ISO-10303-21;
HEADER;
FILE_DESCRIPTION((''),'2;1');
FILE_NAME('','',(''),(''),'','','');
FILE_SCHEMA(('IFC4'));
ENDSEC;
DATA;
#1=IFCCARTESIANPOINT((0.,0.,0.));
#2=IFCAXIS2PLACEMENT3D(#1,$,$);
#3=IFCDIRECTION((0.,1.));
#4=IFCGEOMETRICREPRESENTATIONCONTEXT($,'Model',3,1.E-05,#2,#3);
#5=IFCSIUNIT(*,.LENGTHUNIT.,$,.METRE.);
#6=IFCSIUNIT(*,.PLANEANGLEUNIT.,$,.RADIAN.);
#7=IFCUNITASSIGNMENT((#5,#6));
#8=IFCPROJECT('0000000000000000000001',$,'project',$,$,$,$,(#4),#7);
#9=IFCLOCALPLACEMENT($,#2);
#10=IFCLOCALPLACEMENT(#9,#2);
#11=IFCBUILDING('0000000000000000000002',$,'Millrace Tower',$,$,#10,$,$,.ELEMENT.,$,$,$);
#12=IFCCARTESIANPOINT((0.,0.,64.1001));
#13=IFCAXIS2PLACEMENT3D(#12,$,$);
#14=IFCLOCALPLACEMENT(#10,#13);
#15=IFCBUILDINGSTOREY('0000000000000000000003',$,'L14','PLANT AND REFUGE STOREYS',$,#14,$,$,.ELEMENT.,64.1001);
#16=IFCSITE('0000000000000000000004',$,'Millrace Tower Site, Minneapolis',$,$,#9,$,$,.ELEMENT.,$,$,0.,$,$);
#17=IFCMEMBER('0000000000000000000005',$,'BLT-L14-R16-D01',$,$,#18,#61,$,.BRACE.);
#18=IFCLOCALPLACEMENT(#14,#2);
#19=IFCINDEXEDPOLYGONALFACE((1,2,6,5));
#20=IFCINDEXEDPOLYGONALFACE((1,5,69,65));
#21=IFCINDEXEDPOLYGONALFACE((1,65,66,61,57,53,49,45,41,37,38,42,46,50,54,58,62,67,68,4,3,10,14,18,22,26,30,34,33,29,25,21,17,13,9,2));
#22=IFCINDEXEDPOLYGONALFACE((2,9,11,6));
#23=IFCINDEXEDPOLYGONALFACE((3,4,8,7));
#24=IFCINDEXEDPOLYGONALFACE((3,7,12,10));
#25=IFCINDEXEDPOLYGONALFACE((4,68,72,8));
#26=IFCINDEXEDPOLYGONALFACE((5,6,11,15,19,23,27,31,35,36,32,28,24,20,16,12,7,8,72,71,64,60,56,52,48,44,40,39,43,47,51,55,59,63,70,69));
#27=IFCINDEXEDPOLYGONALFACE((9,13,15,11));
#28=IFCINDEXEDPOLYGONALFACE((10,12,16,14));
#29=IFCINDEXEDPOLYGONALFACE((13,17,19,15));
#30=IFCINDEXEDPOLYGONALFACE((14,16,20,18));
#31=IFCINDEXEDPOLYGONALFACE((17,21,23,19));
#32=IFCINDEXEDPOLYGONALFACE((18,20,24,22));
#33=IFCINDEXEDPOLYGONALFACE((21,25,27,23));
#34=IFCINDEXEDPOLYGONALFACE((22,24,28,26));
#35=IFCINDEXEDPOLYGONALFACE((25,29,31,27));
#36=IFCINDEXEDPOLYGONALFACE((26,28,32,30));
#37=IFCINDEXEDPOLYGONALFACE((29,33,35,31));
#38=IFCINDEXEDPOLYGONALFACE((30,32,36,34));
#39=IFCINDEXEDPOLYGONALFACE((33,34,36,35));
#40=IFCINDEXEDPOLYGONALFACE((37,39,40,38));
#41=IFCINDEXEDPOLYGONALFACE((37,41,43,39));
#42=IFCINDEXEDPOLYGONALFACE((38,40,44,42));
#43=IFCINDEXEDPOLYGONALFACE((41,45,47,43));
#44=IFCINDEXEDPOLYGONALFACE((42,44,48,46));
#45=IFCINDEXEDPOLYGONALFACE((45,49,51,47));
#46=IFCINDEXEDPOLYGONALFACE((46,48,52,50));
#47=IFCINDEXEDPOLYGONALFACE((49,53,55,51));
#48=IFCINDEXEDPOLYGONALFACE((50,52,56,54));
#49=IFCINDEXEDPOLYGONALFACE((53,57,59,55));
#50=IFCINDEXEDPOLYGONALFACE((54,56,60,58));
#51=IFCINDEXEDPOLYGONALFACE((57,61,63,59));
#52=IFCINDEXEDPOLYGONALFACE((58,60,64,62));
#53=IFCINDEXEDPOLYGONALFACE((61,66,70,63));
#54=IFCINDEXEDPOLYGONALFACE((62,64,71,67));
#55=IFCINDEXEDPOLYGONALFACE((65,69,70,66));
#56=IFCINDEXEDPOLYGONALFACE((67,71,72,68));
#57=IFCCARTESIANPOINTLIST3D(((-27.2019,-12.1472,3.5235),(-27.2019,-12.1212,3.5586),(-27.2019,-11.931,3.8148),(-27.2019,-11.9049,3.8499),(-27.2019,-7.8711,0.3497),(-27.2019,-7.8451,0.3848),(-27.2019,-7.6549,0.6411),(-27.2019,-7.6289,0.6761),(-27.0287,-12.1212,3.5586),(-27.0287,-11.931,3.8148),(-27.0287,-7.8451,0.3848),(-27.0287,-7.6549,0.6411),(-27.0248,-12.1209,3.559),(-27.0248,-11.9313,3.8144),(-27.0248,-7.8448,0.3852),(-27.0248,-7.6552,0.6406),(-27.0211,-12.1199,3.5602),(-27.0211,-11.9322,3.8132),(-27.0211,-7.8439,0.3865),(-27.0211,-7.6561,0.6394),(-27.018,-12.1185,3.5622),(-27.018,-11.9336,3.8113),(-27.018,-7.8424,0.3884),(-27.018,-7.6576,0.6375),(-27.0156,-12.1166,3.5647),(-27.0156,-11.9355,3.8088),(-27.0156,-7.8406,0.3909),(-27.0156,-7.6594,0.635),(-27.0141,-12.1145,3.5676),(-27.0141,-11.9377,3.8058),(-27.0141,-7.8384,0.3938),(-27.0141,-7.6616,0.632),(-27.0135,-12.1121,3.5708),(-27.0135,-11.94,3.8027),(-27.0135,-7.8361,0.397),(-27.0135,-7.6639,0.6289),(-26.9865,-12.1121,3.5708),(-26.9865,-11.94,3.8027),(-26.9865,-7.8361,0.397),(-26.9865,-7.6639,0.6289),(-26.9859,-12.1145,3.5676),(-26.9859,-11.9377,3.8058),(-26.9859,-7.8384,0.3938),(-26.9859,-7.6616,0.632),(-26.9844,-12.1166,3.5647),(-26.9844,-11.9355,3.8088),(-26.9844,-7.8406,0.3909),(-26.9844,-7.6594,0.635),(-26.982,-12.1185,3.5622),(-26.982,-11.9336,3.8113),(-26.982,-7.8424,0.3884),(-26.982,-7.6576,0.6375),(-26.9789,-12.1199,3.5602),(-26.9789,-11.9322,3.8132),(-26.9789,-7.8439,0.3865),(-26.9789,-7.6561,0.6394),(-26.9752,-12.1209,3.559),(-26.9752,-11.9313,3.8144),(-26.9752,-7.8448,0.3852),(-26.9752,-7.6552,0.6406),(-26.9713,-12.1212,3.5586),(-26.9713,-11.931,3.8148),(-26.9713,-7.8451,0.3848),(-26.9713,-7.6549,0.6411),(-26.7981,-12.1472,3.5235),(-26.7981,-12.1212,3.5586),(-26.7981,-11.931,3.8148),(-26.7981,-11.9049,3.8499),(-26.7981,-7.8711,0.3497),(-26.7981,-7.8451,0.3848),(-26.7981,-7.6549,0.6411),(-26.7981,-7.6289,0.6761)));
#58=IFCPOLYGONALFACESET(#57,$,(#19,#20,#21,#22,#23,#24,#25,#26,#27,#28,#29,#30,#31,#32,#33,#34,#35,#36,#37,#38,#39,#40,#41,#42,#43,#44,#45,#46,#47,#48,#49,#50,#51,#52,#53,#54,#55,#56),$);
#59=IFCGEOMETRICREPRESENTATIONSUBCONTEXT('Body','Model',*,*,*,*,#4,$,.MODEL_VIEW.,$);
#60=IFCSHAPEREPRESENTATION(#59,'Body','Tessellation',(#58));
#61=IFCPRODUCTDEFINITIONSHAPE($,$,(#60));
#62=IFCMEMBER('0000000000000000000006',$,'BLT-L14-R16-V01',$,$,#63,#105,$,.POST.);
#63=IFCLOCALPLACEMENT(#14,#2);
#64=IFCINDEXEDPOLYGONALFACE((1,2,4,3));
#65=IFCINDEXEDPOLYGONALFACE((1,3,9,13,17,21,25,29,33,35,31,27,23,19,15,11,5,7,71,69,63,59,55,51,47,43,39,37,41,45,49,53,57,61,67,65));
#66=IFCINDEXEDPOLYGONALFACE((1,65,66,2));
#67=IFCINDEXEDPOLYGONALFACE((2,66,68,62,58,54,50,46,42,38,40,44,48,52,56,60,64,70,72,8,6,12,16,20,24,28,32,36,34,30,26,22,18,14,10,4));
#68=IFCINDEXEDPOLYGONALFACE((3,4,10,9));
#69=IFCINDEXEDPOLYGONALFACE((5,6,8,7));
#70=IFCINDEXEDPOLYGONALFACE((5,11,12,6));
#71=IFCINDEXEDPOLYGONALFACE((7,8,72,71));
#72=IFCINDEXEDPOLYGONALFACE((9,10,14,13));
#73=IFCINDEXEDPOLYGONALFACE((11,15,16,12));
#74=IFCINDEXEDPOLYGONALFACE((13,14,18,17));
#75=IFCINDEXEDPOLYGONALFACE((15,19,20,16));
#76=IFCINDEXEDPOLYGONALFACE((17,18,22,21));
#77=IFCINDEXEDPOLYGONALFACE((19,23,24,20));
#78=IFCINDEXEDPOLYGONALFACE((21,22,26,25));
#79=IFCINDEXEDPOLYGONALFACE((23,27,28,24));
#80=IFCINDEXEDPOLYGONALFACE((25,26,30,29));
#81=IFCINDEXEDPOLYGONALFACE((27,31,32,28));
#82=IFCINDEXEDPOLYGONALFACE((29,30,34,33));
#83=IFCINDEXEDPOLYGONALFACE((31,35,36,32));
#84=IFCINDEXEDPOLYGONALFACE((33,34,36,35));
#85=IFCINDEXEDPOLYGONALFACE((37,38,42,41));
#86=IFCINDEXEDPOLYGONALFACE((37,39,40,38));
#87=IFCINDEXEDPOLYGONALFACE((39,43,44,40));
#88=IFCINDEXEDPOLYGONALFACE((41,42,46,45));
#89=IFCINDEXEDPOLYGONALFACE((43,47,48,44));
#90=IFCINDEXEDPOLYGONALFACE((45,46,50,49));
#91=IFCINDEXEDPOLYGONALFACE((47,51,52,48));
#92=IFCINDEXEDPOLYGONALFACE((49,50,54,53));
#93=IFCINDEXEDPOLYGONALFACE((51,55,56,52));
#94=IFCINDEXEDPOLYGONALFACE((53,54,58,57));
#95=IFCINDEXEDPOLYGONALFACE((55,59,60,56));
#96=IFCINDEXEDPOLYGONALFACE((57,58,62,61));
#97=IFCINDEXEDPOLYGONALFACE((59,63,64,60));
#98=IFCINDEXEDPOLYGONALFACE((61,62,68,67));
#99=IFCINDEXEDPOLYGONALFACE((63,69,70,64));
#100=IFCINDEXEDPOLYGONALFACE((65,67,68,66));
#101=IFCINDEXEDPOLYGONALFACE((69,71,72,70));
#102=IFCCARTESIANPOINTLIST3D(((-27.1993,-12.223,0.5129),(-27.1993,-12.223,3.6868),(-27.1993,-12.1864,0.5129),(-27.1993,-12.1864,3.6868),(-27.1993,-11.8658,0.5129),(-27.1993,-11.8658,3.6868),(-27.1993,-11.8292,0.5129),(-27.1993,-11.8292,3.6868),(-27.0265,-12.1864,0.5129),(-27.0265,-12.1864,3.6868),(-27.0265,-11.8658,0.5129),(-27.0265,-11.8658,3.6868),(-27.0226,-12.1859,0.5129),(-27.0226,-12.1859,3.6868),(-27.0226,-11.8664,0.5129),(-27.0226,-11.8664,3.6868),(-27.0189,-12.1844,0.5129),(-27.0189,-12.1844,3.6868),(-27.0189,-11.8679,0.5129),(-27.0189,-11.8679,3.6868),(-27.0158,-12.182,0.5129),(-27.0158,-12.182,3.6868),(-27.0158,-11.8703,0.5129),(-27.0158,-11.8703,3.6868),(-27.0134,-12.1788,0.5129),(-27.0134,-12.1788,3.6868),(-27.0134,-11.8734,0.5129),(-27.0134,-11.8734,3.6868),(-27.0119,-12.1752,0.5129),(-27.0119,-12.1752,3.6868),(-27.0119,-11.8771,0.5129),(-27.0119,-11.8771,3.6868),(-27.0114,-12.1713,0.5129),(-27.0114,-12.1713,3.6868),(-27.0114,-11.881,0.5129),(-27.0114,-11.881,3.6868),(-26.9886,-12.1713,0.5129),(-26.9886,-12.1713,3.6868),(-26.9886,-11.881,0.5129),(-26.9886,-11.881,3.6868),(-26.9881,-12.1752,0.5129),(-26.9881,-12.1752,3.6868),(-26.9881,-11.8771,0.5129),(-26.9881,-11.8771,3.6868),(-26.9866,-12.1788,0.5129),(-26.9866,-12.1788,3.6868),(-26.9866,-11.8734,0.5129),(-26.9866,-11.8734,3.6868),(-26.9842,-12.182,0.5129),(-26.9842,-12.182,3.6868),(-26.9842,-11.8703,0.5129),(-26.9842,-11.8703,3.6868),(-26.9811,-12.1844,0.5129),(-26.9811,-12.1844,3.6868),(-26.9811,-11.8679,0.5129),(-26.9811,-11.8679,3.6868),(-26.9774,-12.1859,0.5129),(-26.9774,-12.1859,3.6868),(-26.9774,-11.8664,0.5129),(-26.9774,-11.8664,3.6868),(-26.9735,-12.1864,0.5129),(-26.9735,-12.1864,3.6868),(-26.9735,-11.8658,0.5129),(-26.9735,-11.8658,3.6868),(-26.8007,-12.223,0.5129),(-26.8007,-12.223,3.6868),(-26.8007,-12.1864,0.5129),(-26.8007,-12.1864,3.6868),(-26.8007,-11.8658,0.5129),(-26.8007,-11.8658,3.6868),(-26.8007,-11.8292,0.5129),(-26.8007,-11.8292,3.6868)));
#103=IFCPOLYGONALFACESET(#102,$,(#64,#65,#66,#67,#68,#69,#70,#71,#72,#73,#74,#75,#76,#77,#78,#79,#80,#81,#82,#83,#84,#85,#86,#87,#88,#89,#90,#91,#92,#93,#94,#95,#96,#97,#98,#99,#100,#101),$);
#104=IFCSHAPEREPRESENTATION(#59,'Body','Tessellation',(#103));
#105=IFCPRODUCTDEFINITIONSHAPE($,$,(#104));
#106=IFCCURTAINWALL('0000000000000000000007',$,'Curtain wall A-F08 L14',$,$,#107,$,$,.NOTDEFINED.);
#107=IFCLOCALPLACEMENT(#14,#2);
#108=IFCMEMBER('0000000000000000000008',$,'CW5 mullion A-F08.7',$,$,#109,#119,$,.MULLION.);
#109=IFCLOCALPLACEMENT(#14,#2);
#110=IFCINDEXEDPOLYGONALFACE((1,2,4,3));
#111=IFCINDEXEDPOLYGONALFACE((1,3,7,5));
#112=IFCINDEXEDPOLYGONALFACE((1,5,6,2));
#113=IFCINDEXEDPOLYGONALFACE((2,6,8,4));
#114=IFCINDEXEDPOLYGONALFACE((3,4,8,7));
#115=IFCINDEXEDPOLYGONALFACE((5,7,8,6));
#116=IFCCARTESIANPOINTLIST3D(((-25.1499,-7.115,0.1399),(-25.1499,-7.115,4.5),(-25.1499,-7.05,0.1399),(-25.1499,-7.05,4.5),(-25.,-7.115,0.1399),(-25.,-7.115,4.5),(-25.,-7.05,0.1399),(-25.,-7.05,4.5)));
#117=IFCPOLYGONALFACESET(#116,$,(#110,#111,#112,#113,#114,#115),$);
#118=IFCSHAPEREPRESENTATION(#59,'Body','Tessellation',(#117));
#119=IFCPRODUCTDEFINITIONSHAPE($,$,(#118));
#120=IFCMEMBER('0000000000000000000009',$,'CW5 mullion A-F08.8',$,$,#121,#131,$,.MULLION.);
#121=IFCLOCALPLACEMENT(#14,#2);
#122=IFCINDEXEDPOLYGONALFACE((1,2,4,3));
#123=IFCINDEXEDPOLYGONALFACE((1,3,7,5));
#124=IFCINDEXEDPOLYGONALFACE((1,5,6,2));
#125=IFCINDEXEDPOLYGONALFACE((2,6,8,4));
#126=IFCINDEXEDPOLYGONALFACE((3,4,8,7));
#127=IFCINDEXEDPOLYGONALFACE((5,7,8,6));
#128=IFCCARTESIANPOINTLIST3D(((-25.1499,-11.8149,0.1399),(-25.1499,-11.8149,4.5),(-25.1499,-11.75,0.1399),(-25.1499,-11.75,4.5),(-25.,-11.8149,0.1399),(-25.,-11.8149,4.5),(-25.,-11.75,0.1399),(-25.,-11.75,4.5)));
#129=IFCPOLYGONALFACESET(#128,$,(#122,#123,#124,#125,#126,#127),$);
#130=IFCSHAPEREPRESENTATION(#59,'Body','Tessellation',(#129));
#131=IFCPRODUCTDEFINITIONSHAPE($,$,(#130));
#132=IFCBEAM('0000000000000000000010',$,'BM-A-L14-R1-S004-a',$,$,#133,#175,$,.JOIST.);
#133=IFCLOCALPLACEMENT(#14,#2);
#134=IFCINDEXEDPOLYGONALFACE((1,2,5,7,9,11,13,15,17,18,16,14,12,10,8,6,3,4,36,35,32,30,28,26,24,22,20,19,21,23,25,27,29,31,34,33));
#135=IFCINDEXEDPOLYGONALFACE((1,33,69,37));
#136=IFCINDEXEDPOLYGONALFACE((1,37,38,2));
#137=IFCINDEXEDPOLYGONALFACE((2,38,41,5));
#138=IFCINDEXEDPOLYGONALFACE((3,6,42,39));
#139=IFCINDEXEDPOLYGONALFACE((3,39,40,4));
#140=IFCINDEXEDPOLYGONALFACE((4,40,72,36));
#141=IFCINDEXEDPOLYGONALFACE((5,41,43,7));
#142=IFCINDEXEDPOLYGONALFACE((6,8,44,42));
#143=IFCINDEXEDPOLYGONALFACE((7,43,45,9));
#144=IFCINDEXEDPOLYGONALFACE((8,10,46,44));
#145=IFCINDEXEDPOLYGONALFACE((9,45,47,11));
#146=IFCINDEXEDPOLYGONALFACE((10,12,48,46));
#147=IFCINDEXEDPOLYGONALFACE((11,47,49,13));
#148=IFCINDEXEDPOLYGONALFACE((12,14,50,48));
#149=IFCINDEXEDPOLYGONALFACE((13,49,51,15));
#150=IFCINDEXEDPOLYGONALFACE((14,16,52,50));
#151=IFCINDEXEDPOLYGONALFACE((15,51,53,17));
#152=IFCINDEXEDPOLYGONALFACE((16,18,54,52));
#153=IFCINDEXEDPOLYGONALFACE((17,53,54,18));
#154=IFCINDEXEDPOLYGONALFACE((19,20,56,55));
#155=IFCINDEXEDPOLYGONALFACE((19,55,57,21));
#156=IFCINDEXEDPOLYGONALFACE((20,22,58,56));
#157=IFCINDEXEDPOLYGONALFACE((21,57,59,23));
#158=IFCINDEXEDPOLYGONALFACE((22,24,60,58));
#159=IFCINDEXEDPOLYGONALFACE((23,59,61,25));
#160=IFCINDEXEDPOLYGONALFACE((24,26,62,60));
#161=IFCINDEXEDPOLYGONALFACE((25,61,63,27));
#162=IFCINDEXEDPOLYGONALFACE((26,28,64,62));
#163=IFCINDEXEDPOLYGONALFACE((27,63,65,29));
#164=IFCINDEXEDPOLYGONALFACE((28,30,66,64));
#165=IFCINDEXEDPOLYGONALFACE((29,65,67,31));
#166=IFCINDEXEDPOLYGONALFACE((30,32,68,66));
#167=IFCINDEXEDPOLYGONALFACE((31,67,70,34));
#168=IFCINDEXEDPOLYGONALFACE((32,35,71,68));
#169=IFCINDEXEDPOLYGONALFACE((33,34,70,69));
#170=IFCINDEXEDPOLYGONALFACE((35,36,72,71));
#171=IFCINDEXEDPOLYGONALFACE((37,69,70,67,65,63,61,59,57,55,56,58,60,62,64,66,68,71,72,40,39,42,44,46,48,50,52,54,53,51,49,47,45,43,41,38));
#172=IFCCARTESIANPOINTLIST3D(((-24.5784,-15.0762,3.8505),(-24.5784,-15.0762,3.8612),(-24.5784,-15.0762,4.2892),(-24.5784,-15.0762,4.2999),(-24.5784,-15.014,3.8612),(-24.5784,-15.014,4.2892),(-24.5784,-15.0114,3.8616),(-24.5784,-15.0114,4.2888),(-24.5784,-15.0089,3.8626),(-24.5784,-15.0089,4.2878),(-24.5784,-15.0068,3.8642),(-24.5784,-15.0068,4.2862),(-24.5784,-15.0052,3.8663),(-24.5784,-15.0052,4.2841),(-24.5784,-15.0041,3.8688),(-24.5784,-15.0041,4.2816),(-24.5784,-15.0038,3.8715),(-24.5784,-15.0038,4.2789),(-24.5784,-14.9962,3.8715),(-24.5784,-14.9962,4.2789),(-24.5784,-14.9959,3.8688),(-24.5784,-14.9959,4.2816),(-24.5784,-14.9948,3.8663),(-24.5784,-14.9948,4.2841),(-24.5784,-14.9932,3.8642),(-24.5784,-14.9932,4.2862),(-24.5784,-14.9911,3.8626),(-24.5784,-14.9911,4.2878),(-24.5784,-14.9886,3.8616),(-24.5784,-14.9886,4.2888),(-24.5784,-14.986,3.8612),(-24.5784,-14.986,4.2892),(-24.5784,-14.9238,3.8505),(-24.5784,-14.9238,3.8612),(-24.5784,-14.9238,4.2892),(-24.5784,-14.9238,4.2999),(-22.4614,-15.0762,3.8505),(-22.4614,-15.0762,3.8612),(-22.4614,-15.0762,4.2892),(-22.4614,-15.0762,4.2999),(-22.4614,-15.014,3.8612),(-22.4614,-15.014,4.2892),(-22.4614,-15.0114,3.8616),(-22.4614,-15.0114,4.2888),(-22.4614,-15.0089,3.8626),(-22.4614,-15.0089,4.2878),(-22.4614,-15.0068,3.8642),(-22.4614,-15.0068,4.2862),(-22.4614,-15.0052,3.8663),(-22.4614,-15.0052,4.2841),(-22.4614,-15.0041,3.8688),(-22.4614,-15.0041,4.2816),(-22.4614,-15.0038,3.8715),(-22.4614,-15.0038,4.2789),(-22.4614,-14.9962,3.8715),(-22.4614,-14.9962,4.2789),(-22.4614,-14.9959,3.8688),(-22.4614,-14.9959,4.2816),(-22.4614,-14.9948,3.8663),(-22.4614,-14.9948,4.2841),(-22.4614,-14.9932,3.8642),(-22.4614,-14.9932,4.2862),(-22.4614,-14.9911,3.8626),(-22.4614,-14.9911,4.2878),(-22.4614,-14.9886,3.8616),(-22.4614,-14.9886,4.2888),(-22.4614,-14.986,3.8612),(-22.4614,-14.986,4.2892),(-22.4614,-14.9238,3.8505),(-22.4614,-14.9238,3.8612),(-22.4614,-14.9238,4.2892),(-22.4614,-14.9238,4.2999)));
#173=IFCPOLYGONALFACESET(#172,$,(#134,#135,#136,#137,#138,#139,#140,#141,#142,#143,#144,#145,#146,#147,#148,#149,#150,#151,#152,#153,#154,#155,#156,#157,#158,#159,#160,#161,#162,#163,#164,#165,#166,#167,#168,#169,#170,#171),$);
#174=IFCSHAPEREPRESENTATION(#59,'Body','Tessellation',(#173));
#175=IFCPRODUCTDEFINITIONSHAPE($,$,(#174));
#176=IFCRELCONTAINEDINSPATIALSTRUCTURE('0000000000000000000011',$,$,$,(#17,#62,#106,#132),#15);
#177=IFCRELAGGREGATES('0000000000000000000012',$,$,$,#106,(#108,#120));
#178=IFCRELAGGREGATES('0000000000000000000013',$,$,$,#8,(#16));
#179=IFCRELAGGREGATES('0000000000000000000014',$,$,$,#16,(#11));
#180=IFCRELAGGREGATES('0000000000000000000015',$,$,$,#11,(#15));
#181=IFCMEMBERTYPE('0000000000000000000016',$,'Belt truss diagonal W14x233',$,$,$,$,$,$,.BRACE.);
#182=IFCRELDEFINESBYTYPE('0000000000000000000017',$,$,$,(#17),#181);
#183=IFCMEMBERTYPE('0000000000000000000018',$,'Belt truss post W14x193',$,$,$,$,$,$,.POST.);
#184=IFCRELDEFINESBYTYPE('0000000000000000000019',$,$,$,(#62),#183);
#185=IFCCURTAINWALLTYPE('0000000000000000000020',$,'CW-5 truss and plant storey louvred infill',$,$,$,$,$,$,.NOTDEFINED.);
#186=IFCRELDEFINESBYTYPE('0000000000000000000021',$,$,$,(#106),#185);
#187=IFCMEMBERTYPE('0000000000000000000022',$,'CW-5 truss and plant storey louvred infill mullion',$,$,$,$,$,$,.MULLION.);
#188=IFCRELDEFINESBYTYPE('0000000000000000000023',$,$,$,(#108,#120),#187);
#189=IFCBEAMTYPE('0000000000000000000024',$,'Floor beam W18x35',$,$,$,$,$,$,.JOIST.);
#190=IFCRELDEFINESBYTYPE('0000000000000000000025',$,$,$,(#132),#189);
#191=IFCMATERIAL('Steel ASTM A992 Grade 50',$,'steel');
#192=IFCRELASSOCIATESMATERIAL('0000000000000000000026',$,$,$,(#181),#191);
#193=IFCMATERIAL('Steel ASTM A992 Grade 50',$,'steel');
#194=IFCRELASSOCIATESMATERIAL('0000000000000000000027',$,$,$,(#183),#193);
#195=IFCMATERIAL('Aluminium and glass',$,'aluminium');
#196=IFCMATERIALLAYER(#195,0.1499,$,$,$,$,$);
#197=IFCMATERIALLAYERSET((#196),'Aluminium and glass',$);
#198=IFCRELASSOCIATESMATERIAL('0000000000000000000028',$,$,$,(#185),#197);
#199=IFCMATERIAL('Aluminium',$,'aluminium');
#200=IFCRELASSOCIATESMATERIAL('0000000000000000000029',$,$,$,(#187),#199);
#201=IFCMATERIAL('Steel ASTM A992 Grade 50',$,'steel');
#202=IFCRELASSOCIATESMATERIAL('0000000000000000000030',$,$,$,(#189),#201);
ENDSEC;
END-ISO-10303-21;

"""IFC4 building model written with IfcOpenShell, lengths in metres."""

from ifc_helpers import new_model, si_unit, direction, frame, origin, origin_2d, place, context, subcontext, project, spatial, rectangle, i_section, extrude, material, layer, layer_set, material_profile, profile_set, type_object, element, aggregate, save


model = new_model("IFC4")

# Units and contexts
model_context = context("Model", 3, precision=1e-05, world=origin(), true_north=direction((0.0, 1.0)))
body_context = subcontext(model_context, "Body", "Model", "MODEL_VIEW")
ifc_project = project(units=[si_unit("LENGTHUNIT", "METRE"), si_unit("PLANEANGLEUNIT", "RADIAN")], contexts=[model_context])

# Site, building, storey
site_placement = place(None, origin())
site = spatial("IfcSite", under=ifc_project, at=site_placement, Name="Millrace Tower Site, Minneapolis", CompositionType="ELEMENT", RefElevation=0.0)
building_placement = place(site_placement, origin())
building = spatial("IfcBuilding", under=site, at=building_placement, Name="Millrace Tower", CompositionType="ELEMENT")
storey_placement = place(building_placement, frame((0.0, 0.0, 64.1001)))
storey = spatial("IfcBuildingStorey", under=building, at=storey_placement, Name="L14", Description="PLANT AND REFUGE STOREYS", CompositionType="ELEMENT", Elevation=64.1001)

# Members
ifc_material_1 = material(Name="Steel ASTM A992 Grade 50", Category="steel")
ifc_material_profile_1 = material_profile(ifc_material_1, i_section(OverallWidth=0.4038, OverallDepth=0.4065, WebThickness=0.0271, FlangeThickness=0.0437, FilletRadius=0.0151, at=origin_2d()))
ifc_profile_set_1 = profile_set([ifc_material_profile_1], Name="Steel ASTM A992 Grade 50")
member_type_1 = type_object("IfcMemberType", Name="Belt truss diagonal W14x233", PredefinedType="BRACE", material=ifc_profile_set_1)
member_1_placement = place(storey_placement, frame((-27.0, -7.75, 0.5129), z_axis=(0.0, -0.802988, 0.595995), x_axis=(1.0, 0.0, 0.0)))
element("IfcMember", 1, at=member_1_placement, inside=storey, type_object=member_type_1, Name="BLT-L14-R16-D01", PredefinedType="BRACE", context=body_context, shape_type="SweptSolid", body=[
    extrude(i_section(OverallWidth=0.4038, OverallDepth=0.4065, WebThickness=0.0271, FlangeThickness=0.0437, FilletRadius=0.0151, at=origin_2d()), origin(), (0.0, 0.0, 1.0), 5.3252),
])
ifc_material_2 = material(Name="Steel ASTM A992 Grade 50", Category="steel")
ifc_material_profile_2 = material_profile(ifc_material_2, i_section(OverallWidth=0.3987, OverallDepth=0.3938, WebThickness=0.0227, FlangeThickness=0.0366, FilletRadius=0.0151, at=origin_2d()))
ifc_profile_set_2 = profile_set([ifc_material_profile_2], Name="Steel ASTM A992 Grade 50")
member_type_2 = type_object("IfcMemberType", Name="Belt truss post W14x193", PredefinedType="POST", material=ifc_profile_set_2)
member_2_placement = place(storey_placement, frame((-27.0, -12.0261, 0.5129), z_axis=(0.0, 0.0, 1.0), x_axis=(1.0, 0.0, 0.0)))
element("IfcMember", 2, at=member_2_placement, inside=storey, type_object=member_type_2, Name="BLT-L14-R16-V01", PredefinedType="POST", context=body_context, shape_type="SweptSolid", body=[
    extrude(i_section(OverallWidth=0.3987, OverallDepth=0.3938, WebThickness=0.0227, FlangeThickness=0.0366, FilletRadius=0.0151, at=origin_2d()), origin(), (0.0, 0.0, 1.0), 3.1738),
])

# Curtain wall, members
ifc_material_3 = material(Name="Aluminium and glass", Category="aluminium")
ifc_layer_1 = layer(ifc_material_3, 0.1499)
ifc_layer_set_1 = layer_set([ifc_layer_1], Name="Aluminium and glass")
curtain_wall_type = type_object("IfcCurtainWallType", Name="CW-5 truss and plant storey louvred infill", PredefinedType="NOTDEFINED", material=ifc_layer_set_1)
curtain_wall_placement = place(storey_placement, origin())
curtain_wall = element("IfcCurtainWall", 3, at=curtain_wall_placement, inside=storey, type_object=curtain_wall_type, Name="Curtain wall A-F08 L14", PredefinedType="NOTDEFINED")
ifc_material_4 = material(Name="Aluminium", Category="aluminium")
ifc_material_profile_3 = material_profile(ifc_material_4, rectangle(XDim=0.0649, YDim=0.1499, at=origin_2d()))
ifc_profile_set_3 = profile_set([ifc_material_profile_3], Name="Aluminium")
member_type_3 = type_object("IfcMemberType", Name="CW-5 truss and plant storey louvred infill mullion", PredefinedType="MULLION", material=ifc_profile_set_3)
member_3_placement = place(storey_placement, frame((-25.075, -7.0825, 0.1399), z_axis=(0.0, 0.0, 1.0), x_axis=(0.0, -1.0, 0.0)))
member_3 = element("IfcMember", 4, at=member_3_placement, type_object=member_type_3, Name="CW5 mullion A-F08.7", PredefinedType="MULLION", context=body_context, shape_type="SweptSolid", body=[
    extrude(rectangle(XDim=0.0649, YDim=0.1499, at=origin_2d()), origin(), (0.0, 0.0, 1.0), 4.3601),
])
member_4_placement = place(storey_placement, frame((-25.075, -11.7825, 0.1399), z_axis=(0.0, 0.0, 1.0), x_axis=(0.0, -1.0, 0.0)))
member_4 = element("IfcMember", 5, at=member_4_placement, type_object=member_type_3, Name="CW5 mullion A-F08.8", PredefinedType="MULLION", context=body_context, shape_type="SweptSolid", body=[
    extrude(rectangle(XDim=0.0649, YDim=0.1499, at=origin_2d()), origin(), (0.0, 0.0, 1.0), 4.3601),
])
aggregate(curtain_wall, [member_3, member_4])

# Beam
ifc_material_5 = material(Name="Steel ASTM A992 Grade 50", Category="steel")
ifc_material_profile_4 = material_profile(ifc_material_5, i_section(OverallWidth=0.1523, OverallDepth=0.4495, WebThickness=0.0076, FlangeThickness=0.0107, FilletRadius=0.0103, at=origin_2d()))
ifc_profile_set_4 = profile_set([ifc_material_profile_4], Name="Steel ASTM A992 Grade 50")
beam_type_1 = type_object("IfcBeamType", Name="Floor beam W18x35", PredefinedType="JOIST", material=ifc_profile_set_4)
beam_1_placement = place(storey_placement, frame((-24.5784, -15.0, 4.0752), z_axis=(1.0, 0.0, 0.0), x_axis=(0.0, 1.0, 0.0)))
element("IfcBeam", 6, at=beam_1_placement, inside=storey, type_object=beam_type_1, Name="BM-A-L14-R1-S004-a", PredefinedType="JOIST", context=body_context, shape_type="SweptSolid", body=[
    extrude(i_section(OverallWidth=0.1523, OverallDepth=0.4495, WebThickness=0.0076, FlangeThickness=0.0107, FilletRadius=0.0103, at=origin_2d()), origin(), (0.0, 0.0, 1.0), 2.1169),
])

save(model, "model.ifc")
